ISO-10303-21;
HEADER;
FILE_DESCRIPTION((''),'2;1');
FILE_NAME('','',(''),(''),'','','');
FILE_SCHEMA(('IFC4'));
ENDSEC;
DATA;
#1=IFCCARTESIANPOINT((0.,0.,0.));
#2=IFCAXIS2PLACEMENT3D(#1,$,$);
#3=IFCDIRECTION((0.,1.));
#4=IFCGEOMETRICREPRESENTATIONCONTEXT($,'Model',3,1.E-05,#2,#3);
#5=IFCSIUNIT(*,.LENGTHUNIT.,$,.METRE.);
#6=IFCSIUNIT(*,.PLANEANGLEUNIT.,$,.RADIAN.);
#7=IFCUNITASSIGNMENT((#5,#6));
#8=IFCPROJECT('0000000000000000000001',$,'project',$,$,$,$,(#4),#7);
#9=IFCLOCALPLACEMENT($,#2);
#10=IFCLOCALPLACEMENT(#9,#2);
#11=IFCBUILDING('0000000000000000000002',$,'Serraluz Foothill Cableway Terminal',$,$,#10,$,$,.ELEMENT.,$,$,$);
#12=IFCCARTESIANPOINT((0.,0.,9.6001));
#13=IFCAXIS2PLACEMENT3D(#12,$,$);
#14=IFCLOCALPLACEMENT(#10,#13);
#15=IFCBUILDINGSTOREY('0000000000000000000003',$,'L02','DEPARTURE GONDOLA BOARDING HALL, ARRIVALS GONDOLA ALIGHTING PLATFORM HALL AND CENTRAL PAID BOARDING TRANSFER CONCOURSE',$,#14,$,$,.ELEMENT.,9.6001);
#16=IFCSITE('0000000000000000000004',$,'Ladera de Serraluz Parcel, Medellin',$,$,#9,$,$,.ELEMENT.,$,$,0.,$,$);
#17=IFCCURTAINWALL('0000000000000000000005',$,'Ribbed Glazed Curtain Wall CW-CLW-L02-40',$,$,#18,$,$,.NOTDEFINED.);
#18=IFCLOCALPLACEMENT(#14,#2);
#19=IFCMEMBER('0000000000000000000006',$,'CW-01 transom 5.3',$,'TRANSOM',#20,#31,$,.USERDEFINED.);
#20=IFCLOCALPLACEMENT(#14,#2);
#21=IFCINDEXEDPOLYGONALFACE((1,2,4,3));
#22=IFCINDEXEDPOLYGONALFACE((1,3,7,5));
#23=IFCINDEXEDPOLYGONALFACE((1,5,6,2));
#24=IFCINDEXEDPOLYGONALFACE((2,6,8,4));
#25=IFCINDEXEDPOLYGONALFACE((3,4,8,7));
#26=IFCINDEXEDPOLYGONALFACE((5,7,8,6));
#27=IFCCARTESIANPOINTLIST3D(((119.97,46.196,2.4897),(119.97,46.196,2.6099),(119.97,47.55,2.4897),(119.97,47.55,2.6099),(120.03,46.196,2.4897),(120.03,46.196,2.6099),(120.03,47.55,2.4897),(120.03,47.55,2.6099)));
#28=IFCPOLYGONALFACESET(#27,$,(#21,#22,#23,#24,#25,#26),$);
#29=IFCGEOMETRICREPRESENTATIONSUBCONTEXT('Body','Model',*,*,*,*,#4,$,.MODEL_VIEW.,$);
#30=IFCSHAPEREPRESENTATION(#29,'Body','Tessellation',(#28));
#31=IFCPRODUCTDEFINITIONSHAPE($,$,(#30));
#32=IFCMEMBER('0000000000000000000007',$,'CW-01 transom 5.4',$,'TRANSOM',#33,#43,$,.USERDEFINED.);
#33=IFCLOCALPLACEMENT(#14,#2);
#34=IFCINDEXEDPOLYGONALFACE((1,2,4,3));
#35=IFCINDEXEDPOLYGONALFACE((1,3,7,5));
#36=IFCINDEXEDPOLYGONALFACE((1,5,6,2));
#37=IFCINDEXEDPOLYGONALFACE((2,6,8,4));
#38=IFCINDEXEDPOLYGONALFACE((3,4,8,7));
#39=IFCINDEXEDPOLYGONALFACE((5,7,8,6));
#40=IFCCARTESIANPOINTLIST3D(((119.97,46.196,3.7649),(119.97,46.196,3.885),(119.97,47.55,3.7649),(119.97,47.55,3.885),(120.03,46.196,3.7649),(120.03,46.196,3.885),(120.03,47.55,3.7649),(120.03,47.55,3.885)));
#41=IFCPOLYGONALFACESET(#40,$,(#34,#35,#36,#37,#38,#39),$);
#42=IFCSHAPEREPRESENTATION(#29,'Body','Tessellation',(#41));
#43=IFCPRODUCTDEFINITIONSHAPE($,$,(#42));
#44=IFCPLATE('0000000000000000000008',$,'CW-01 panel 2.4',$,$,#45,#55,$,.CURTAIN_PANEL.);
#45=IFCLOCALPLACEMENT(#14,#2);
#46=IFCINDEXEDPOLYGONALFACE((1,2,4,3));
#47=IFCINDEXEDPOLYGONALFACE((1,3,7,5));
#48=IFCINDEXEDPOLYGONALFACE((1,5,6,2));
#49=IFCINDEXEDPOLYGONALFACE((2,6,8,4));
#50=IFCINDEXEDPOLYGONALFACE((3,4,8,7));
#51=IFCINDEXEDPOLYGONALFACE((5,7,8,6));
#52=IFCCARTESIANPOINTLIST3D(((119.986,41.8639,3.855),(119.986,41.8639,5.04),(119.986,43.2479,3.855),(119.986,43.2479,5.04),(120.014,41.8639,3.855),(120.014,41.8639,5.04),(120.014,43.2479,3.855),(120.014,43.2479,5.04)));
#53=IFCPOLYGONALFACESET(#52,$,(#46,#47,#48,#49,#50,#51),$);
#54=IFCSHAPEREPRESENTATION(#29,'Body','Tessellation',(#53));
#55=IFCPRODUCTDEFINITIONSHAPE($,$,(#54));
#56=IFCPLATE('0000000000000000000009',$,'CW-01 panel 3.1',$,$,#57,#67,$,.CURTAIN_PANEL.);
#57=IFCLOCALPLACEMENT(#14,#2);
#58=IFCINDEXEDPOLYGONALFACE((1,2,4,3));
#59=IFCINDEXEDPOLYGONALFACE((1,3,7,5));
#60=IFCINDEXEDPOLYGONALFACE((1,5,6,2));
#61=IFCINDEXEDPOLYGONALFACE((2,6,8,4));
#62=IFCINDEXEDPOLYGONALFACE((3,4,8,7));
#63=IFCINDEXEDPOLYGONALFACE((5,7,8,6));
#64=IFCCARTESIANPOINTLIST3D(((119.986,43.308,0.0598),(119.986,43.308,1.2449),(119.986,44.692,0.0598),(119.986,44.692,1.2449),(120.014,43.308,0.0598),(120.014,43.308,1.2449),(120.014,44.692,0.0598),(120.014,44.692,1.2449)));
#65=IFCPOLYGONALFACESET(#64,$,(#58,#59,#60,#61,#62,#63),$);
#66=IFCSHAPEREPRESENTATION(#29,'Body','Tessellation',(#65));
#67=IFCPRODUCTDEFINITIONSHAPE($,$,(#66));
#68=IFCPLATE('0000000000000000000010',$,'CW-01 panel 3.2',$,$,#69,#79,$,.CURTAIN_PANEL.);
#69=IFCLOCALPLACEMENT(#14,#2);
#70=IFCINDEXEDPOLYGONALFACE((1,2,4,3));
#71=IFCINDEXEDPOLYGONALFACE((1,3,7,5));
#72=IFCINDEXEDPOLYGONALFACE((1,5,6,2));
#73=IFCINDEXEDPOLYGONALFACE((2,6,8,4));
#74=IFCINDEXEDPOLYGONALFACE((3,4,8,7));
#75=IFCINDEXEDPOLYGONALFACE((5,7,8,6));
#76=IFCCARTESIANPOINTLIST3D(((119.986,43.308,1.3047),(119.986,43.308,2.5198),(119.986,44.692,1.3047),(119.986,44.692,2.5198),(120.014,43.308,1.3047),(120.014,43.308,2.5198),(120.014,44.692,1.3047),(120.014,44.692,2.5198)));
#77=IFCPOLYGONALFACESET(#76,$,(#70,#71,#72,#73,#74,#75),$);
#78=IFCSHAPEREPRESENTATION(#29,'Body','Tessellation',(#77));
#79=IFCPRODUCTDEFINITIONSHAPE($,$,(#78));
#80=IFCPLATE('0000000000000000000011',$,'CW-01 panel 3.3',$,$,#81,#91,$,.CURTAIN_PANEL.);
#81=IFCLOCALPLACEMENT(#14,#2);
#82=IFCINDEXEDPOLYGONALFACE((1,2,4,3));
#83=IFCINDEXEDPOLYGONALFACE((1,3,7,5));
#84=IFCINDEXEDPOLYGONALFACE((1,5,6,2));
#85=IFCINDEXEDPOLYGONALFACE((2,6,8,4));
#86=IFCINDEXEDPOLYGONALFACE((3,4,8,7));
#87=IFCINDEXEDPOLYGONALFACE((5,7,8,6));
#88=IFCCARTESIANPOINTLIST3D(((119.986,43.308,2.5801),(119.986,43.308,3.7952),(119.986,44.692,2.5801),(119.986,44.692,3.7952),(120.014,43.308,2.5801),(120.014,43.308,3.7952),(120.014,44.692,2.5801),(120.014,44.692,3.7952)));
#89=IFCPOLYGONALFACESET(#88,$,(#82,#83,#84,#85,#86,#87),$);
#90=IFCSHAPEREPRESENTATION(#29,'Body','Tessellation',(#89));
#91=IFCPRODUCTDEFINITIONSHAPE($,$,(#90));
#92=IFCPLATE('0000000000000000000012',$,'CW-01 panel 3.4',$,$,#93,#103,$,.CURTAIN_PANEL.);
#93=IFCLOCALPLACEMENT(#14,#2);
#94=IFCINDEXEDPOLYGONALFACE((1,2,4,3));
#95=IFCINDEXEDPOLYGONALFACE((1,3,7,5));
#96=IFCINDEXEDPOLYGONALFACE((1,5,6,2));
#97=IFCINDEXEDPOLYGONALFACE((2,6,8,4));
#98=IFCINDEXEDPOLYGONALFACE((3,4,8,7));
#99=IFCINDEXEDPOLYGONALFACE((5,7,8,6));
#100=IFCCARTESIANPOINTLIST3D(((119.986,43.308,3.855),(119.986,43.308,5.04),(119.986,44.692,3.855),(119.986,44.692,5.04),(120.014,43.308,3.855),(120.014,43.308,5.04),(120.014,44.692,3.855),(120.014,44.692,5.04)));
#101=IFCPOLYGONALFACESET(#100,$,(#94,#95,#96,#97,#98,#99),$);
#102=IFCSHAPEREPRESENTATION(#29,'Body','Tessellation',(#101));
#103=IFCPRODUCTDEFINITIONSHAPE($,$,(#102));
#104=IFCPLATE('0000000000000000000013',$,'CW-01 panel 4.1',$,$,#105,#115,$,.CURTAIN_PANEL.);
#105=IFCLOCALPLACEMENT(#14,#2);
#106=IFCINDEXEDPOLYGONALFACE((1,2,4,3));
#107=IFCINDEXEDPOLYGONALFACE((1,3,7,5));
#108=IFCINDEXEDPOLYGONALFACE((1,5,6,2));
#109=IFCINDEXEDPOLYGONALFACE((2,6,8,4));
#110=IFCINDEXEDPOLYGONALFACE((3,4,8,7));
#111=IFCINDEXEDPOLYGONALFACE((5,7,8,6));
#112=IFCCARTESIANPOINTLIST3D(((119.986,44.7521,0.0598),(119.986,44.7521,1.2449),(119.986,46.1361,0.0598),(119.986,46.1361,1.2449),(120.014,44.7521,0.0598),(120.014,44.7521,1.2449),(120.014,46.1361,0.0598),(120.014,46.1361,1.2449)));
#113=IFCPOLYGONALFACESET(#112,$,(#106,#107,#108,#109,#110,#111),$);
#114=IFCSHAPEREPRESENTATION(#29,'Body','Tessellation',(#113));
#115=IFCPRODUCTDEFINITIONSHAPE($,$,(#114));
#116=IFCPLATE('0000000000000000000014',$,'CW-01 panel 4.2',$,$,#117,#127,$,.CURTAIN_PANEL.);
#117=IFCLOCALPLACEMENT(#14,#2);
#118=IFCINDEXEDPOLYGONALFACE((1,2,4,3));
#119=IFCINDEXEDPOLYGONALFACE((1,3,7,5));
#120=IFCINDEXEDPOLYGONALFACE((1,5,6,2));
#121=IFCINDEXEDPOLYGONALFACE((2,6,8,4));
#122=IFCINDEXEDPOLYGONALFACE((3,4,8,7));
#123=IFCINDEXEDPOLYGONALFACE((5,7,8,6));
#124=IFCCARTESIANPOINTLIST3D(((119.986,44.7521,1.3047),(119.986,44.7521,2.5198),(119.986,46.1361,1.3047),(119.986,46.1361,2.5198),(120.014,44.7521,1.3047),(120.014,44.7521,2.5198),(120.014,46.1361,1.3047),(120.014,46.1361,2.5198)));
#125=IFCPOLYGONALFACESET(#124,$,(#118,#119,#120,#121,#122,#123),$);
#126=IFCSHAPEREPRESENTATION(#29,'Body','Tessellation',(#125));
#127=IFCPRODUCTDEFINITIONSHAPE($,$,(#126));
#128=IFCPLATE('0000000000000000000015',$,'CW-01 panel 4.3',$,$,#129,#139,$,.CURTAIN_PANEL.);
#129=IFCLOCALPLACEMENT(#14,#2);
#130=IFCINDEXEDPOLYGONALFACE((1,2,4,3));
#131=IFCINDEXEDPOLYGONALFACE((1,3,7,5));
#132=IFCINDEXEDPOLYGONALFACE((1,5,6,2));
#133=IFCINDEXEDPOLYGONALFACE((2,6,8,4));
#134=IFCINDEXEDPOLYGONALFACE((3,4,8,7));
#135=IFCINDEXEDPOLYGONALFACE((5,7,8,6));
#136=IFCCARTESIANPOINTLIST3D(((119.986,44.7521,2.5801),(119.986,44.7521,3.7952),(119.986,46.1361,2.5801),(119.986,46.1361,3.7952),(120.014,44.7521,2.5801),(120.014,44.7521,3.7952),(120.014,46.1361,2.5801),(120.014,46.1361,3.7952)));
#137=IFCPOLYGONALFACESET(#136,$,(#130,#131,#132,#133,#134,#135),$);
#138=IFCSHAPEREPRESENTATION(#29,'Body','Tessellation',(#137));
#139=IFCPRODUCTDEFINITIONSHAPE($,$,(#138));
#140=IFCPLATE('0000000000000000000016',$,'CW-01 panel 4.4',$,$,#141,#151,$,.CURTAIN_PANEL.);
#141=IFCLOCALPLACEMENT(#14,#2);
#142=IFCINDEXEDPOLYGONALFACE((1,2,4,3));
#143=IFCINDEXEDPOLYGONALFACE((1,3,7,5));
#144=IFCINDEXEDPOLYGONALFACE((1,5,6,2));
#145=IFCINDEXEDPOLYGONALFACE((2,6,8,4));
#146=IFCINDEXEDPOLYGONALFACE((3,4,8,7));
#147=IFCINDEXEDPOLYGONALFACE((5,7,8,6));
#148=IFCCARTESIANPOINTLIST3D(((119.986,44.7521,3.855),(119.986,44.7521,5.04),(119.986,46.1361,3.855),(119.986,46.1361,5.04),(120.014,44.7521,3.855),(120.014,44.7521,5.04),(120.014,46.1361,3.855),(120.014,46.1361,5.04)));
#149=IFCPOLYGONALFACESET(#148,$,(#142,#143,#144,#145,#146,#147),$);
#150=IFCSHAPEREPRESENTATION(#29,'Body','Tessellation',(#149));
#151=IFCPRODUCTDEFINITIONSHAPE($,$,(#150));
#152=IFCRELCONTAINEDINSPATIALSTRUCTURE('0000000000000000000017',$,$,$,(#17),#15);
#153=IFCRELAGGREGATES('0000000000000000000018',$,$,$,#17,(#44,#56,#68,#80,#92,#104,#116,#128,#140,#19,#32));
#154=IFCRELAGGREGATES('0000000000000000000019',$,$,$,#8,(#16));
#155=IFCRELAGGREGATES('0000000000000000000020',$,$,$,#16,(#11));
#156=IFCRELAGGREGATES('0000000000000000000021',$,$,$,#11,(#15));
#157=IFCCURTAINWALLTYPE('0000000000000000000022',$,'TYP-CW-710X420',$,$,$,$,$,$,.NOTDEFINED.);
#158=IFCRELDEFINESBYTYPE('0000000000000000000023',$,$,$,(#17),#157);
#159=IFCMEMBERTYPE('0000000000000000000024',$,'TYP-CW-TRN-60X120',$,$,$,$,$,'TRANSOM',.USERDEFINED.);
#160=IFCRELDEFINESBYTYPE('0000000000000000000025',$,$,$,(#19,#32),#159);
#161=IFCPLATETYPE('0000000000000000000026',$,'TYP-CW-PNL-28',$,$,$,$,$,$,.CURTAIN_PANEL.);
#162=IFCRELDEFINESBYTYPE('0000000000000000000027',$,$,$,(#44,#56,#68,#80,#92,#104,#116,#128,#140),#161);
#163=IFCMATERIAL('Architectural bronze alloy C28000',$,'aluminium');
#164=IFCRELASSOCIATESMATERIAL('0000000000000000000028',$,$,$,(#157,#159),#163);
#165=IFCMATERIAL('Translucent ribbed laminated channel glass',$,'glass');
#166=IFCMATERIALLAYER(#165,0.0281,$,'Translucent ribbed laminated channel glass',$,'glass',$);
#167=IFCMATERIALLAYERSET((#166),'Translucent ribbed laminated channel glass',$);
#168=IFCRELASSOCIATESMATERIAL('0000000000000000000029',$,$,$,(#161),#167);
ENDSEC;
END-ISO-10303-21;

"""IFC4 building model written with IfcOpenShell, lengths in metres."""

from ifc_helpers import new_model, si_unit, direction, frame, origin, origin_2d, place, context, subcontext, project, spatial, rectangle, extrude, material, layer, layer_set, material_profile, profile_set, type_object, element, aggregate, save


model = new_model("IFC4")

# Units and contexts
model_context = context("Model", 3, precision=1e-05, world=origin(), true_north=direction((0.0, 1.0)))
body_context = subcontext(model_context, "Body", "Model", "MODEL_VIEW")
ifc_project = project(units=[si_unit("LENGTHUNIT", "METRE"), si_unit("PLANEANGLEUNIT", "RADIAN")], contexts=[model_context])

# Site, building, storey
site_placement = place(None, origin())
site = spatial("IfcSite", under=ifc_project, at=site_placement, Name="Ladera de Serraluz Parcel, Medellin", CompositionType="ELEMENT", RefElevation=0.0)
building_placement = place(site_placement, origin())
building = spatial("IfcBuilding", under=site, at=building_placement, Name="Serraluz Foothill Cableway Terminal", CompositionType="ELEMENT")
storey_placement = place(building_placement, frame((0.0, 0.0, 9.6001)))
storey = spatial("IfcBuildingStorey", under=building, at=storey_placement, Name="L02", Description="DEPARTURE GONDOLA BOARDING HALL, ARRIVALS GONDOLA ALIGHTING PLATFORM HALL AND CENTRAL PAID BOARDING TRANSFER CONCOURSE", CompositionType="ELEMENT", Elevation=9.6001)

# Curtain wall, members, plates
ifc_material_1 = material(Name="Architectural bronze alloy C28000", Category="aluminium")
curtain_wall_type = type_object("IfcCurtainWallType", Name="TYP-CW-710X420", PredefinedType="NOTDEFINED", material=ifc_material_1)
curtain_wall_placement = place(storey_placement, origin())
curtain_wall = element("IfcCurtainWall", 1, at=curtain_wall_placement, inside=storey, type_object=curtain_wall_type, Name="Ribbed Glazed Curtain Wall CW-CLW-L02-40", PredefinedType="NOTDEFINED")
ifc_material_profile_1 = material_profile(ifc_material_1, rectangle(XDim=0.0601, YDim=0.1201, at=origin_2d()), Name="ALU TRANSOM 60x120")
ifc_profile_set_1 = profile_set([ifc_material_profile_1], Name="Architectural bronze alloy C28000")
member_type_1 = type_object("IfcMemberType", Name="TYP-CW-TRN-60X120", ElementType="TRANSOM", PredefinedType="USERDEFINED", material=ifc_profile_set_1)
member_1_placement = place(storey_placement, frame((120.0, 46.196, 2.5498), z_axis=(0.0, 1.0, 0.0), x_axis=(-1.0, 0.0, 0.0)))
member_1 = element("IfcMember", 2, at=member_1_placement, type_object=member_type_1, Name="CW-01 transom 5.3", ObjectType="TRANSOM", PredefinedType="USERDEFINED", context=body_context, shape_type="SweptSolid", body=[
    extrude(rectangle(XDim=0.0601, YDim=0.1201, at=origin_2d()), origin(), (0.0, 0.0, 1.0), 1.354),
])
member_2_placement = place(storey_placement, frame((120.0, 46.196, 3.825), z_axis=(0.0, 1.0, 0.0), x_axis=(-1.0, 0.0, 0.0)))
member_2 = element("IfcMember", 3, at=member_2_placement, type_object=member_type_1, Name="CW-01 transom 5.4", ObjectType="TRANSOM", PredefinedType="USERDEFINED", context=body_context, shape_type="SweptSolid", body=[
    extrude(rectangle(XDim=0.0601, YDim=0.1201, at=origin_2d()), origin(), (0.0, 0.0, 1.0), 1.354),
])
ifc_material_2 = material(Name="Translucent ribbed laminated channel glass", Category="glass")
ifc_layer = layer(ifc_material_2, 0.0281, Name="Translucent ribbed laminated channel glass", Category="glass")
ifc_layer_set = layer_set([ifc_layer], Name="Translucent ribbed laminated channel glass")
plate_type = type_object("IfcPlateType", Name="TYP-CW-PNL-28", PredefinedType="CURTAIN_PANEL", material=ifc_layer_set)
plate_1_placement = place(storey_placement, frame((120.0, 42.5559, 3.855), z_axis=(0.0, 0.0, 1.0), x_axis=(0.0, 1.0, 0.0)))
plate_1 = element("IfcPlate", 4, at=plate_1_placement, type_object=plate_type, Name="CW-01 panel 2.4", PredefinedType="CURTAIN_PANEL", context=body_context, shape_type="SweptSolid", body=[
    extrude(rectangle(XDim=1.384, YDim=0.0281, at=origin_2d()), origin(), (0.0, 0.0, 1.0), 1.1851),
])
plate_2_placement = place(storey_placement, frame((120.0, 44.0, 0.0598), z_axis=(0.0, 0.0, 1.0), x_axis=(0.0, 1.0, 0.0)))
plate_2 = element("IfcPlate", 5, at=plate_2_placement, type_object=plate_type, Name="CW-01 panel 3.1", PredefinedType="CURTAIN_PANEL", context=body_context, shape_type="SweptSolid", body=[
    extrude(rectangle(XDim=1.384, YDim=0.0281, at=origin_2d()), origin(), (0.0, 0.0, 1.0), 1.1851),
])
plate_3_placement = place(storey_placement, frame((120.0, 44.0, 1.3047), z_axis=(0.0, 0.0, 1.0), x_axis=(0.0, 1.0, 0.0)))
plate_3 = element("IfcPlate", 6, at=plate_3_placement, type_object=plate_type, Name="CW-01 panel 3.2", PredefinedType="CURTAIN_PANEL", context=body_context, shape_type="SweptSolid", body=[
    extrude(rectangle(XDim=1.384, YDim=0.0281, at=origin_2d()), origin(), (0.0, 0.0, 1.0), 1.2151),
])
plate_4_placement = place(storey_placement, frame((120.0, 44.0, 2.5801), z_axis=(0.0, 0.0, 1.0), x_axis=(0.0, 1.0, 0.0)))
plate_4 = element("IfcPlate", 7, at=plate_4_placement, type_object=plate_type, Name="CW-01 panel 3.3", PredefinedType="CURTAIN_PANEL", context=body_context, shape_type="SweptSolid", body=[
    extrude(rectangle(XDim=1.384, YDim=0.0281, at=origin_2d()), origin(), (0.0, 0.0, 1.0), 1.2151),
])
plate_5_placement = place(storey_placement, frame((120.0, 44.0, 3.855), z_axis=(0.0, 0.0, 1.0), x_axis=(0.0, 1.0, 0.0)))
plate_5 = element("IfcPlate", 8, at=plate_5_placement, type_object=plate_type, Name="CW-01 panel 3.4", PredefinedType="CURTAIN_PANEL", context=body_context, shape_type="SweptSolid", body=[
    extrude(rectangle(XDim=1.384, YDim=0.0281, at=origin_2d()), origin(), (0.0, 0.0, 1.0), 1.1851),
])
plate_6_placement = place(storey_placement, frame((120.0, 45.4441, 0.0598), z_axis=(0.0, 0.0, 1.0), x_axis=(0.0, 1.0, 0.0)))
plate_6 = element("IfcPlate", 9, at=plate_6_placement, type_object=plate_type, Name="CW-01 panel 4.1", PredefinedType="CURTAIN_PANEL", context=body_context, shape_type="SweptSolid", body=[
    extrude(rectangle(XDim=1.384, YDim=0.0281, at=origin_2d()), origin(), (0.0, 0.0, 1.0), 1.1851),
])
plate_7_placement = place(storey_placement, frame((120.0, 45.4441, 1.3047), z_axis=(0.0, 0.0, 1.0), x_axis=(0.0, 1.0, 0.0)))
plate_7 = element("IfcPlate", 10, at=plate_7_placement, type_object=plate_type, Name="CW-01 panel 4.2", PredefinedType="CURTAIN_PANEL", context=body_context, shape_type="SweptSolid", body=[
    extrude(rectangle(XDim=1.384, YDim=0.0281, at=origin_2d()), origin(), (0.0, 0.0, 1.0), 1.2151),
])
plate_8_placement = place(storey_placement, frame((120.0, 45.4441, 2.5801), z_axis=(0.0, 0.0, 1.0), x_axis=(0.0, 1.0, 0.0)))
plate_8 = element("IfcPlate", 11, at=plate_8_placement, type_object=plate_type, Name="CW-01 panel 4.3", PredefinedType="CURTAIN_PANEL", context=body_context, shape_type="SweptSolid", body=[
    extrude(rectangle(XDim=1.384, YDim=0.0281, at=origin_2d()), origin(), (0.0, 0.0, 1.0), 1.2151),
])
plate_9_placement = place(storey_placement, frame((120.0, 45.4441, 3.855), z_axis=(0.0, 0.0, 1.0), x_axis=(0.0, 1.0, 0.0)))
plate_9 = element("IfcPlate", 12, at=plate_9_placement, type_object=plate_type, Name="CW-01 panel 4.4", PredefinedType="CURTAIN_PANEL", context=body_context, shape_type="SweptSolid", body=[
    extrude(rectangle(XDim=1.384, YDim=0.0281, at=origin_2d()), origin(), (0.0, 0.0, 1.0), 1.1851),
])
aggregate(curtain_wall, [plate_1, plate_2, plate_3, plate_4, plate_5, plate_6, plate_7, plate_8, plate_9, member_1, member_2])

save(model, "model.ifc")
